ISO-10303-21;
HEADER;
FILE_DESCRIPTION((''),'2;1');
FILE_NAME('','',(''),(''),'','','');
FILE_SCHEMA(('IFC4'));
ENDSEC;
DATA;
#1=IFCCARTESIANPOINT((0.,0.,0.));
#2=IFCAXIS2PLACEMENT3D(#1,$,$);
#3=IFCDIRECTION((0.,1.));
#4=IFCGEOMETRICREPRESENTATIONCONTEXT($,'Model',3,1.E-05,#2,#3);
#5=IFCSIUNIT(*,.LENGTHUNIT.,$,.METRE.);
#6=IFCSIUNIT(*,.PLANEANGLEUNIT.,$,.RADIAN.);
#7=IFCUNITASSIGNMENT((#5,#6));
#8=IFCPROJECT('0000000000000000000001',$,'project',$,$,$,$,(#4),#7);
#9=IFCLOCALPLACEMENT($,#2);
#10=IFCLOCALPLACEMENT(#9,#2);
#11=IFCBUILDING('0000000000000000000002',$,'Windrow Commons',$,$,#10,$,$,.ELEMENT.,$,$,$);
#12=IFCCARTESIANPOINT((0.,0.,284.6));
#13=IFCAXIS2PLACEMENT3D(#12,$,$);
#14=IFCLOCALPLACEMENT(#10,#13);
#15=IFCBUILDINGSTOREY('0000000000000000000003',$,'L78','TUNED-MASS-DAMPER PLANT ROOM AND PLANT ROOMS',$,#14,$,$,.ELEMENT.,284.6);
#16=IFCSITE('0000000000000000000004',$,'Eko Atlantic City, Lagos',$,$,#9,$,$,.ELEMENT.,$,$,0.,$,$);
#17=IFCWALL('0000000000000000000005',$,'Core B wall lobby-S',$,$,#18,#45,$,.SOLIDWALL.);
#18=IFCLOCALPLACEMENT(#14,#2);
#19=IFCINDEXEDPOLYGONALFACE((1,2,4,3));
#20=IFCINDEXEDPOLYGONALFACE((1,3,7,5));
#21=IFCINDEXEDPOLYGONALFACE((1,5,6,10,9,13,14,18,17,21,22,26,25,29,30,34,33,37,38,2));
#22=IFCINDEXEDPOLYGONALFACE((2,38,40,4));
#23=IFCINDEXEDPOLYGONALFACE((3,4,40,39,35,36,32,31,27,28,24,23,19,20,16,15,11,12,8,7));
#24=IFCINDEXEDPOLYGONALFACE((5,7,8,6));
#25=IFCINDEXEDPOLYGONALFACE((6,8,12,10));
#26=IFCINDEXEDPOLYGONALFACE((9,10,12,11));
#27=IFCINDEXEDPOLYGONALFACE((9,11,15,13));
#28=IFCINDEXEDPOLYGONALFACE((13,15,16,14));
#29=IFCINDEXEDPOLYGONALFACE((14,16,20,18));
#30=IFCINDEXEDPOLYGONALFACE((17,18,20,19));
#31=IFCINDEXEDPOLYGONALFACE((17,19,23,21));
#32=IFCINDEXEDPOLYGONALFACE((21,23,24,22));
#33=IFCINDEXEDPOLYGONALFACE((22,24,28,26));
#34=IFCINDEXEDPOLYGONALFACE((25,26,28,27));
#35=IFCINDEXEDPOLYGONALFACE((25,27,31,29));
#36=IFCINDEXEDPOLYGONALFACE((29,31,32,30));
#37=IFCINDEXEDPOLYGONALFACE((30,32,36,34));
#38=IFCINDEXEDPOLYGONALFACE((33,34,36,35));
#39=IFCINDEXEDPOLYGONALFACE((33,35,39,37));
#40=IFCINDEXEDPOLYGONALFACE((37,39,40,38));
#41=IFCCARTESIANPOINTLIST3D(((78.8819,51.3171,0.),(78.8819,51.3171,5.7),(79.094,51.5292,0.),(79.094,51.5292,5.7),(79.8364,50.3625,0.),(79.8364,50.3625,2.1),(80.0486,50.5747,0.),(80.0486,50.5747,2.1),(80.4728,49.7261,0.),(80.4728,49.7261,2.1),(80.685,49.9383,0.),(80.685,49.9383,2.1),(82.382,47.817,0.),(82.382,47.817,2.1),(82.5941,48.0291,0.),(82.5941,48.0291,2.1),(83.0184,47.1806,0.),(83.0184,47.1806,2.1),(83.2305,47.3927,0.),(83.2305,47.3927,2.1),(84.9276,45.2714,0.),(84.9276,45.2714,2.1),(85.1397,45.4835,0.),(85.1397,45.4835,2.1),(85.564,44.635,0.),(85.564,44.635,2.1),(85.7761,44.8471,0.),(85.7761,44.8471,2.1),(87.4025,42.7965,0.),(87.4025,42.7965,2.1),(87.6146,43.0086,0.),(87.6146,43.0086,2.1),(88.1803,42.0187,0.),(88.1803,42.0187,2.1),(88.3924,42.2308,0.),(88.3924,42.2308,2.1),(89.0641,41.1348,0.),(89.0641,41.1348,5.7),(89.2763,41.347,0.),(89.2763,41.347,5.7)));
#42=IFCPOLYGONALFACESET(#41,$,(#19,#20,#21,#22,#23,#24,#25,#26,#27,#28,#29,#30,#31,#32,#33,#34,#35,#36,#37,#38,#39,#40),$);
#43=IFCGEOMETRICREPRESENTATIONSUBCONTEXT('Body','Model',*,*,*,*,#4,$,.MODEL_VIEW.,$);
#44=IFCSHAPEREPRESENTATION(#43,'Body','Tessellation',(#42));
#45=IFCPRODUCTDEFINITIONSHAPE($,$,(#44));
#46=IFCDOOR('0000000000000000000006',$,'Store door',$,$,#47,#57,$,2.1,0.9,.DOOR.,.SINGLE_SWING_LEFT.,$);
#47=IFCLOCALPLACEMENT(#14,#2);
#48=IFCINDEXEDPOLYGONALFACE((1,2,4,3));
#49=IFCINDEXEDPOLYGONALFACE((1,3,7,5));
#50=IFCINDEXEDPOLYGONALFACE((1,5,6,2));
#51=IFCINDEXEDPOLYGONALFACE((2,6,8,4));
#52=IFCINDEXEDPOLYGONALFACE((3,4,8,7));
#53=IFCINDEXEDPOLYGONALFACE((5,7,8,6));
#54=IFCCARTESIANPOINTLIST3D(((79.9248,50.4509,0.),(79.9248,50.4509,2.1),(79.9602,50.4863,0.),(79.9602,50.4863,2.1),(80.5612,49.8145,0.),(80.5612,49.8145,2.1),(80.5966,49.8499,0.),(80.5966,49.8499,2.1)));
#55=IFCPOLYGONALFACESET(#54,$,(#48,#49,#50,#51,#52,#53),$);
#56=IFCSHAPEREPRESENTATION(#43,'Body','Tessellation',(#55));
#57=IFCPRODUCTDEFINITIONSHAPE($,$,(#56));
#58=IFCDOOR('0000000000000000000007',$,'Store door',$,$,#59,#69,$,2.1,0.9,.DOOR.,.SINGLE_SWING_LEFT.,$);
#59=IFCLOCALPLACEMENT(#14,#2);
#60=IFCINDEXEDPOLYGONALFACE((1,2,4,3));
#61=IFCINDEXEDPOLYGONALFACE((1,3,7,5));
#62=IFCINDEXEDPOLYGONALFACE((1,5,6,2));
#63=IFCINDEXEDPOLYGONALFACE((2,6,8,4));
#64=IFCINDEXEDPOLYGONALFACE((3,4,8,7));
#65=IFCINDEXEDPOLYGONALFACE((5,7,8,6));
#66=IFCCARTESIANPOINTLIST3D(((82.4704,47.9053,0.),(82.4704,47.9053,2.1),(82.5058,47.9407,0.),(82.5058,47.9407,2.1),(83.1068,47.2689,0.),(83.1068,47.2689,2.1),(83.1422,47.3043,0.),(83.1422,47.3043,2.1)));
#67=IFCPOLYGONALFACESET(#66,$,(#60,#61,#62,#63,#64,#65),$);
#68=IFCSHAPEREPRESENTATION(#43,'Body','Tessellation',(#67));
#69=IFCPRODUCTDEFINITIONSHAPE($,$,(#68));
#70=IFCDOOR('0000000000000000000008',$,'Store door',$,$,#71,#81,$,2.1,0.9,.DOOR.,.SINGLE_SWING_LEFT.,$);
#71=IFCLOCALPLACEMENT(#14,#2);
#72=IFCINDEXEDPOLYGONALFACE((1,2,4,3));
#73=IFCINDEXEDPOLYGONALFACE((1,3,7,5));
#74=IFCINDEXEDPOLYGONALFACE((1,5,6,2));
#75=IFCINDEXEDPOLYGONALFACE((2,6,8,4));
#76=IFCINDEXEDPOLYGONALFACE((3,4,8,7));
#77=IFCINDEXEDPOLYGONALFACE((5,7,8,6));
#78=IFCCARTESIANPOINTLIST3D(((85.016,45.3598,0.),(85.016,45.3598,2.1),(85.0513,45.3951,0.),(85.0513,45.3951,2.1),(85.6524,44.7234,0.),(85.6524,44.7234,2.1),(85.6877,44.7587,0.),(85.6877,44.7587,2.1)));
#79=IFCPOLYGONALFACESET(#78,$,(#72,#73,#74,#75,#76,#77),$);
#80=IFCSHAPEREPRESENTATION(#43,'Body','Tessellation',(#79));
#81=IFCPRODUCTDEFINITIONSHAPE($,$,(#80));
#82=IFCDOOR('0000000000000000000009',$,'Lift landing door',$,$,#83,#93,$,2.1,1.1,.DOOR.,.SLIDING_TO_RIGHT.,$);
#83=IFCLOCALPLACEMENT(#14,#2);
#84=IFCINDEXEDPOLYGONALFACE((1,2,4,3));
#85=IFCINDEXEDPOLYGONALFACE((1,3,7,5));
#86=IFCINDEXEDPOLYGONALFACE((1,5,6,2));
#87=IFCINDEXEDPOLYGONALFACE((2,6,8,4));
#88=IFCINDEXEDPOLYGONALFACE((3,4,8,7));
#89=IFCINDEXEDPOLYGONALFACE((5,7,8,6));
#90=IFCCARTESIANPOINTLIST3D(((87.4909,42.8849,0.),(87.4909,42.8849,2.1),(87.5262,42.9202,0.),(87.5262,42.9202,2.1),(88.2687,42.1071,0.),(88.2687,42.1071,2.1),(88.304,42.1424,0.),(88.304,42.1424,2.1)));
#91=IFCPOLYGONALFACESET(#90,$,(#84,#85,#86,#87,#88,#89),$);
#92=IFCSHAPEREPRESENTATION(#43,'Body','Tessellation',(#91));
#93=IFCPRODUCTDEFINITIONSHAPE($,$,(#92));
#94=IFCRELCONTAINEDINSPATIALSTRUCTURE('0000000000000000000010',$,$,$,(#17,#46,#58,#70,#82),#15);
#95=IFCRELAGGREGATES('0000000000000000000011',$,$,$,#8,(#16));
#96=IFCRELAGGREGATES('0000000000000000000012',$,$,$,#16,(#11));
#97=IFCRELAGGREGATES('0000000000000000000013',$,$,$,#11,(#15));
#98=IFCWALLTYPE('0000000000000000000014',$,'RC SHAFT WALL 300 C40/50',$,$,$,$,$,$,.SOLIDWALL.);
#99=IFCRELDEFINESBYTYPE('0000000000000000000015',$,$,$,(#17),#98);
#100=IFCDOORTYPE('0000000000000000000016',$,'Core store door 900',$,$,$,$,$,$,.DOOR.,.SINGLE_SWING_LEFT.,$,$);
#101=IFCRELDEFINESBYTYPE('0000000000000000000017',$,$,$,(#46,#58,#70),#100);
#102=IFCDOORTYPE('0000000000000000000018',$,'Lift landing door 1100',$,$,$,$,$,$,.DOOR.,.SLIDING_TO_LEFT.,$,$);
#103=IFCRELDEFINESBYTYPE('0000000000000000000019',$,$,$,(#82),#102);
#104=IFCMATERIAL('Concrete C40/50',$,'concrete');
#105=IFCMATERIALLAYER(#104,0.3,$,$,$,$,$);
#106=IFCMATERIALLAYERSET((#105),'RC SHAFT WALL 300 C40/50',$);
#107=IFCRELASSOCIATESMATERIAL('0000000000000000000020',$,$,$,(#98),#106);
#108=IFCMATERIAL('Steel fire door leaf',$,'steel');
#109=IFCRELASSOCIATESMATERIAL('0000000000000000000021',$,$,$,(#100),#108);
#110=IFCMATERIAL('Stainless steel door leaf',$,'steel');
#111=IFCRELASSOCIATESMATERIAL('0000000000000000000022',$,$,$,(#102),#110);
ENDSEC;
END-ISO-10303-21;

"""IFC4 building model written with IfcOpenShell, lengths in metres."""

from ifc_helpers import new_model, si_unit, direction, frame, frame_2d, origin, place, context, subcontext, project, spatial, rectangle, extrude, material, layer, layer_set, type_object, element, fill, save


model = new_model("IFC4")

# Units and contexts
model_context = context("Model", 3, precision=1e-05, world=origin(), true_north=direction((0.0, 1.0)))
body_context = subcontext(model_context, "Body", "Model", "MODEL_VIEW")
ifc_project = project(units=[si_unit("LENGTHUNIT", "METRE"), si_unit("PLANEANGLEUNIT", "RADIAN")], contexts=[model_context])

# Site, building, storey
site_placement = place(None, origin())
site = spatial("IfcSite", under=ifc_project, at=site_placement, Name="Eko Atlantic City, Lagos", CompositionType="ELEMENT", RefElevation=0.0)
building_placement = place(site_placement, origin())
building = spatial("IfcBuilding", under=site, at=building_placement, Name="Windrow Commons", CompositionType="ELEMENT")
storey_placement = place(building_placement, frame((0.0, 0.0, 284.6)))
storey = spatial("IfcBuildingStorey", under=building, at=storey_placement, Name="L78", Description="TUNED-MASS-DAMPER PLANT ROOM AND PLANT ROOMS", CompositionType="ELEMENT", Elevation=284.6)

# Wall, openings, doors
ifc_material_1 = material(Name="Concrete C40/50", Category="concrete")
ifc_layer_1 = layer(ifc_material_1, 0.3)
ifc_layer_set_1 = layer_set([ifc_layer_1], Name="RC SHAFT WALL 300 C40/50")
wall_type_1 = type_object("IfcWallType", Name="RC SHAFT WALL 300 C40/50", PredefinedType="SOLIDWALL", material=ifc_layer_set_1)
wall_1_placement = place(storey_placement, frame((78.9879, 51.4232, 0.0), z_axis=(0.0, 0.0, 1.0), x_axis=(0.707107, -0.707107, 0.0)))
wall_1 = element("IfcWall", 1, at=wall_1_placement, inside=storey, type_object=wall_type_1, Name="Core B wall lobby-S", PredefinedType="SOLIDWALL", context=body_context, shape_type="SweptSolid", body=[
    extrude(rectangle(XDim=14.3999, YDim=0.3, at=frame_2d((7.2, 0.0))), origin(), (0.0, 0.0, 1.0), 5.7),
])
opening_1_placement = place(wall_1_placement, frame((1.35, 0.0, 0.0)))
opening_1 = element("IfcOpeningElement", 2, at=opening_1_placement, cuts=wall_1, PredefinedType="OPENING", context=body_context, shape_type="SweptSolid", body=[
    extrude(rectangle(XDim=0.9, YDim=2.1, at=frame_2d((0.45, 1.05))), frame((0.0, 0.16, 0.0), z_axis=(0.0, -1.0, 0.0), x_axis=(1.0, 0.0, 0.0)), (0.0, 0.0, 1.0), 0.32),
])
opening_2_placement = place(wall_1_placement, frame((4.95, 0.0, 0.0)))
opening_2 = element("IfcOpeningElement", 3, at=opening_2_placement, cuts=wall_1, PredefinedType="OPENING", context=body_context, shape_type="SweptSolid", body=[
    extrude(rectangle(XDim=0.9, YDim=2.1, at=frame_2d((0.45, 1.05))), frame((0.0, 0.16, 0.0), z_axis=(0.0, -1.0, 0.0), x_axis=(1.0, 0.0, 0.0)), (0.0, 0.0, 1.0), 0.32),
])
opening_3_placement = place(wall_1_placement, frame((8.55, 0.0, 0.0)))
opening_3 = element("IfcOpeningElement", 4, at=opening_3_placement, cuts=wall_1, PredefinedType="OPENING", context=body_context, shape_type="SweptSolid", body=[
    extrude(rectangle(XDim=0.9, YDim=2.1, at=frame_2d((0.45, 1.05))), frame((0.0, 0.16, 0.0), z_axis=(0.0, -1.0, 0.0), x_axis=(1.0, 0.0, 0.0)), (0.0, 0.0, 1.0), 0.32),
])
opening_4_placement = place(wall_1_placement, frame((12.05, 0.0, 0.0)))
opening_4 = element("IfcOpeningElement", 5, at=opening_4_placement, cuts=wall_1, PredefinedType="OPENING", context=body_context, shape_type="SweptSolid", body=[
    extrude(rectangle(XDim=1.1, YDim=2.1, at=frame_2d((0.55, 1.05))), frame((0.0, 0.16, 0.0), z_axis=(0.0, -1.0, 0.0), x_axis=(1.0, 0.0, 0.0)), (0.0, 0.0, 1.0), 0.32),
])
ifc_material_2 = material(Name="Steel fire door leaf", Category="steel")
door_type_1 = type_object("IfcDoorType", Name="Core store door 900", OperationType="SINGLE_SWING_LEFT", PredefinedType="DOOR", material=ifc_material_2)
door_1_placement = place(opening_1_placement, origin())
door_1 = element("IfcDoor", 6, at=door_1_placement, inside=storey, type_object=door_type_1, Name="Store door", OperationType="SINGLE_SWING_LEFT", OverallHeight=2.1, OverallWidth=0.9, PredefinedType="DOOR", context=body_context, shape_type="SweptSolid", body=[
    extrude(rectangle(XDim=0.9, YDim=2.1, at=frame_2d((0.45, 1.05))), frame((0.0, 0.025, 0.0), z_axis=(0.0, -1.0, 0.0), x_axis=(1.0, 0.0, 0.0)), (0.0, 0.0, 1.0), 0.05),
])
fill(opening_1, door_1)
door_2_placement = place(opening_2_placement, origin())
door_2 = element("IfcDoor", 7, at=door_2_placement, inside=storey, type_object=door_type_1, Name="Store door", OperationType="SINGLE_SWING_LEFT", OverallHeight=2.1, OverallWidth=0.9, PredefinedType="DOOR", context=body_context, shape_type="SweptSolid", body=[
    extrude(rectangle(XDim=0.9, YDim=2.1, at=frame_2d((0.45, 1.05))), frame((0.0, 0.025, 0.0), z_axis=(0.0, -1.0, 0.0), x_axis=(1.0, 0.0, 0.0)), (0.0, 0.0, 1.0), 0.05),
])
fill(opening_2, door_2)
door_3_placement = place(opening_3_placement, origin())
door_3 = element("IfcDoor", 8, at=door_3_placement, inside=storey, type_object=door_type_1, Name="Store door", OperationType="SINGLE_SWING_LEFT", OverallHeight=2.1, OverallWidth=0.9, PredefinedType="DOOR", context=body_context, shape_type="SweptSolid", body=[
    extrude(rectangle(XDim=0.9, YDim=2.1, at=frame_2d((0.45, 1.05))), frame((0.0, 0.025, 0.0), z_axis=(0.0, -1.0, 0.0), x_axis=(1.0, 0.0, 0.0)), (0.0, 0.0, 1.0), 0.05),
])
fill(opening_3, door_3)
ifc_material_3 = material(Name="Stainless steel door leaf", Category="steel")
door_type_2 = type_object("IfcDoorType", Name="Lift landing door 1100", OperationType="SLIDING_TO_LEFT", PredefinedType="DOOR", material=ifc_material_3)
door_4_placement = place(opening_4_placement, origin())
door_4 = element("IfcDoor", 9, at=door_4_placement, inside=storey, type_object=door_type_2, Name="Lift landing door", OperationType="SLIDING_TO_RIGHT", OverallHeight=2.1, OverallWidth=1.1, PredefinedType="DOOR", context=body_context, shape_type="SweptSolid", body=[
    extrude(rectangle(XDim=1.1, YDim=2.1, at=frame_2d((0.55, 1.05))), frame((0.0, 0.025, 0.0), z_axis=(0.0, -1.0, 0.0), x_axis=(1.0, 0.0, 0.0)), (0.0, 0.0, 1.0), 0.05),
])
fill(opening_4, door_4)

save(model, "model.ifc")
